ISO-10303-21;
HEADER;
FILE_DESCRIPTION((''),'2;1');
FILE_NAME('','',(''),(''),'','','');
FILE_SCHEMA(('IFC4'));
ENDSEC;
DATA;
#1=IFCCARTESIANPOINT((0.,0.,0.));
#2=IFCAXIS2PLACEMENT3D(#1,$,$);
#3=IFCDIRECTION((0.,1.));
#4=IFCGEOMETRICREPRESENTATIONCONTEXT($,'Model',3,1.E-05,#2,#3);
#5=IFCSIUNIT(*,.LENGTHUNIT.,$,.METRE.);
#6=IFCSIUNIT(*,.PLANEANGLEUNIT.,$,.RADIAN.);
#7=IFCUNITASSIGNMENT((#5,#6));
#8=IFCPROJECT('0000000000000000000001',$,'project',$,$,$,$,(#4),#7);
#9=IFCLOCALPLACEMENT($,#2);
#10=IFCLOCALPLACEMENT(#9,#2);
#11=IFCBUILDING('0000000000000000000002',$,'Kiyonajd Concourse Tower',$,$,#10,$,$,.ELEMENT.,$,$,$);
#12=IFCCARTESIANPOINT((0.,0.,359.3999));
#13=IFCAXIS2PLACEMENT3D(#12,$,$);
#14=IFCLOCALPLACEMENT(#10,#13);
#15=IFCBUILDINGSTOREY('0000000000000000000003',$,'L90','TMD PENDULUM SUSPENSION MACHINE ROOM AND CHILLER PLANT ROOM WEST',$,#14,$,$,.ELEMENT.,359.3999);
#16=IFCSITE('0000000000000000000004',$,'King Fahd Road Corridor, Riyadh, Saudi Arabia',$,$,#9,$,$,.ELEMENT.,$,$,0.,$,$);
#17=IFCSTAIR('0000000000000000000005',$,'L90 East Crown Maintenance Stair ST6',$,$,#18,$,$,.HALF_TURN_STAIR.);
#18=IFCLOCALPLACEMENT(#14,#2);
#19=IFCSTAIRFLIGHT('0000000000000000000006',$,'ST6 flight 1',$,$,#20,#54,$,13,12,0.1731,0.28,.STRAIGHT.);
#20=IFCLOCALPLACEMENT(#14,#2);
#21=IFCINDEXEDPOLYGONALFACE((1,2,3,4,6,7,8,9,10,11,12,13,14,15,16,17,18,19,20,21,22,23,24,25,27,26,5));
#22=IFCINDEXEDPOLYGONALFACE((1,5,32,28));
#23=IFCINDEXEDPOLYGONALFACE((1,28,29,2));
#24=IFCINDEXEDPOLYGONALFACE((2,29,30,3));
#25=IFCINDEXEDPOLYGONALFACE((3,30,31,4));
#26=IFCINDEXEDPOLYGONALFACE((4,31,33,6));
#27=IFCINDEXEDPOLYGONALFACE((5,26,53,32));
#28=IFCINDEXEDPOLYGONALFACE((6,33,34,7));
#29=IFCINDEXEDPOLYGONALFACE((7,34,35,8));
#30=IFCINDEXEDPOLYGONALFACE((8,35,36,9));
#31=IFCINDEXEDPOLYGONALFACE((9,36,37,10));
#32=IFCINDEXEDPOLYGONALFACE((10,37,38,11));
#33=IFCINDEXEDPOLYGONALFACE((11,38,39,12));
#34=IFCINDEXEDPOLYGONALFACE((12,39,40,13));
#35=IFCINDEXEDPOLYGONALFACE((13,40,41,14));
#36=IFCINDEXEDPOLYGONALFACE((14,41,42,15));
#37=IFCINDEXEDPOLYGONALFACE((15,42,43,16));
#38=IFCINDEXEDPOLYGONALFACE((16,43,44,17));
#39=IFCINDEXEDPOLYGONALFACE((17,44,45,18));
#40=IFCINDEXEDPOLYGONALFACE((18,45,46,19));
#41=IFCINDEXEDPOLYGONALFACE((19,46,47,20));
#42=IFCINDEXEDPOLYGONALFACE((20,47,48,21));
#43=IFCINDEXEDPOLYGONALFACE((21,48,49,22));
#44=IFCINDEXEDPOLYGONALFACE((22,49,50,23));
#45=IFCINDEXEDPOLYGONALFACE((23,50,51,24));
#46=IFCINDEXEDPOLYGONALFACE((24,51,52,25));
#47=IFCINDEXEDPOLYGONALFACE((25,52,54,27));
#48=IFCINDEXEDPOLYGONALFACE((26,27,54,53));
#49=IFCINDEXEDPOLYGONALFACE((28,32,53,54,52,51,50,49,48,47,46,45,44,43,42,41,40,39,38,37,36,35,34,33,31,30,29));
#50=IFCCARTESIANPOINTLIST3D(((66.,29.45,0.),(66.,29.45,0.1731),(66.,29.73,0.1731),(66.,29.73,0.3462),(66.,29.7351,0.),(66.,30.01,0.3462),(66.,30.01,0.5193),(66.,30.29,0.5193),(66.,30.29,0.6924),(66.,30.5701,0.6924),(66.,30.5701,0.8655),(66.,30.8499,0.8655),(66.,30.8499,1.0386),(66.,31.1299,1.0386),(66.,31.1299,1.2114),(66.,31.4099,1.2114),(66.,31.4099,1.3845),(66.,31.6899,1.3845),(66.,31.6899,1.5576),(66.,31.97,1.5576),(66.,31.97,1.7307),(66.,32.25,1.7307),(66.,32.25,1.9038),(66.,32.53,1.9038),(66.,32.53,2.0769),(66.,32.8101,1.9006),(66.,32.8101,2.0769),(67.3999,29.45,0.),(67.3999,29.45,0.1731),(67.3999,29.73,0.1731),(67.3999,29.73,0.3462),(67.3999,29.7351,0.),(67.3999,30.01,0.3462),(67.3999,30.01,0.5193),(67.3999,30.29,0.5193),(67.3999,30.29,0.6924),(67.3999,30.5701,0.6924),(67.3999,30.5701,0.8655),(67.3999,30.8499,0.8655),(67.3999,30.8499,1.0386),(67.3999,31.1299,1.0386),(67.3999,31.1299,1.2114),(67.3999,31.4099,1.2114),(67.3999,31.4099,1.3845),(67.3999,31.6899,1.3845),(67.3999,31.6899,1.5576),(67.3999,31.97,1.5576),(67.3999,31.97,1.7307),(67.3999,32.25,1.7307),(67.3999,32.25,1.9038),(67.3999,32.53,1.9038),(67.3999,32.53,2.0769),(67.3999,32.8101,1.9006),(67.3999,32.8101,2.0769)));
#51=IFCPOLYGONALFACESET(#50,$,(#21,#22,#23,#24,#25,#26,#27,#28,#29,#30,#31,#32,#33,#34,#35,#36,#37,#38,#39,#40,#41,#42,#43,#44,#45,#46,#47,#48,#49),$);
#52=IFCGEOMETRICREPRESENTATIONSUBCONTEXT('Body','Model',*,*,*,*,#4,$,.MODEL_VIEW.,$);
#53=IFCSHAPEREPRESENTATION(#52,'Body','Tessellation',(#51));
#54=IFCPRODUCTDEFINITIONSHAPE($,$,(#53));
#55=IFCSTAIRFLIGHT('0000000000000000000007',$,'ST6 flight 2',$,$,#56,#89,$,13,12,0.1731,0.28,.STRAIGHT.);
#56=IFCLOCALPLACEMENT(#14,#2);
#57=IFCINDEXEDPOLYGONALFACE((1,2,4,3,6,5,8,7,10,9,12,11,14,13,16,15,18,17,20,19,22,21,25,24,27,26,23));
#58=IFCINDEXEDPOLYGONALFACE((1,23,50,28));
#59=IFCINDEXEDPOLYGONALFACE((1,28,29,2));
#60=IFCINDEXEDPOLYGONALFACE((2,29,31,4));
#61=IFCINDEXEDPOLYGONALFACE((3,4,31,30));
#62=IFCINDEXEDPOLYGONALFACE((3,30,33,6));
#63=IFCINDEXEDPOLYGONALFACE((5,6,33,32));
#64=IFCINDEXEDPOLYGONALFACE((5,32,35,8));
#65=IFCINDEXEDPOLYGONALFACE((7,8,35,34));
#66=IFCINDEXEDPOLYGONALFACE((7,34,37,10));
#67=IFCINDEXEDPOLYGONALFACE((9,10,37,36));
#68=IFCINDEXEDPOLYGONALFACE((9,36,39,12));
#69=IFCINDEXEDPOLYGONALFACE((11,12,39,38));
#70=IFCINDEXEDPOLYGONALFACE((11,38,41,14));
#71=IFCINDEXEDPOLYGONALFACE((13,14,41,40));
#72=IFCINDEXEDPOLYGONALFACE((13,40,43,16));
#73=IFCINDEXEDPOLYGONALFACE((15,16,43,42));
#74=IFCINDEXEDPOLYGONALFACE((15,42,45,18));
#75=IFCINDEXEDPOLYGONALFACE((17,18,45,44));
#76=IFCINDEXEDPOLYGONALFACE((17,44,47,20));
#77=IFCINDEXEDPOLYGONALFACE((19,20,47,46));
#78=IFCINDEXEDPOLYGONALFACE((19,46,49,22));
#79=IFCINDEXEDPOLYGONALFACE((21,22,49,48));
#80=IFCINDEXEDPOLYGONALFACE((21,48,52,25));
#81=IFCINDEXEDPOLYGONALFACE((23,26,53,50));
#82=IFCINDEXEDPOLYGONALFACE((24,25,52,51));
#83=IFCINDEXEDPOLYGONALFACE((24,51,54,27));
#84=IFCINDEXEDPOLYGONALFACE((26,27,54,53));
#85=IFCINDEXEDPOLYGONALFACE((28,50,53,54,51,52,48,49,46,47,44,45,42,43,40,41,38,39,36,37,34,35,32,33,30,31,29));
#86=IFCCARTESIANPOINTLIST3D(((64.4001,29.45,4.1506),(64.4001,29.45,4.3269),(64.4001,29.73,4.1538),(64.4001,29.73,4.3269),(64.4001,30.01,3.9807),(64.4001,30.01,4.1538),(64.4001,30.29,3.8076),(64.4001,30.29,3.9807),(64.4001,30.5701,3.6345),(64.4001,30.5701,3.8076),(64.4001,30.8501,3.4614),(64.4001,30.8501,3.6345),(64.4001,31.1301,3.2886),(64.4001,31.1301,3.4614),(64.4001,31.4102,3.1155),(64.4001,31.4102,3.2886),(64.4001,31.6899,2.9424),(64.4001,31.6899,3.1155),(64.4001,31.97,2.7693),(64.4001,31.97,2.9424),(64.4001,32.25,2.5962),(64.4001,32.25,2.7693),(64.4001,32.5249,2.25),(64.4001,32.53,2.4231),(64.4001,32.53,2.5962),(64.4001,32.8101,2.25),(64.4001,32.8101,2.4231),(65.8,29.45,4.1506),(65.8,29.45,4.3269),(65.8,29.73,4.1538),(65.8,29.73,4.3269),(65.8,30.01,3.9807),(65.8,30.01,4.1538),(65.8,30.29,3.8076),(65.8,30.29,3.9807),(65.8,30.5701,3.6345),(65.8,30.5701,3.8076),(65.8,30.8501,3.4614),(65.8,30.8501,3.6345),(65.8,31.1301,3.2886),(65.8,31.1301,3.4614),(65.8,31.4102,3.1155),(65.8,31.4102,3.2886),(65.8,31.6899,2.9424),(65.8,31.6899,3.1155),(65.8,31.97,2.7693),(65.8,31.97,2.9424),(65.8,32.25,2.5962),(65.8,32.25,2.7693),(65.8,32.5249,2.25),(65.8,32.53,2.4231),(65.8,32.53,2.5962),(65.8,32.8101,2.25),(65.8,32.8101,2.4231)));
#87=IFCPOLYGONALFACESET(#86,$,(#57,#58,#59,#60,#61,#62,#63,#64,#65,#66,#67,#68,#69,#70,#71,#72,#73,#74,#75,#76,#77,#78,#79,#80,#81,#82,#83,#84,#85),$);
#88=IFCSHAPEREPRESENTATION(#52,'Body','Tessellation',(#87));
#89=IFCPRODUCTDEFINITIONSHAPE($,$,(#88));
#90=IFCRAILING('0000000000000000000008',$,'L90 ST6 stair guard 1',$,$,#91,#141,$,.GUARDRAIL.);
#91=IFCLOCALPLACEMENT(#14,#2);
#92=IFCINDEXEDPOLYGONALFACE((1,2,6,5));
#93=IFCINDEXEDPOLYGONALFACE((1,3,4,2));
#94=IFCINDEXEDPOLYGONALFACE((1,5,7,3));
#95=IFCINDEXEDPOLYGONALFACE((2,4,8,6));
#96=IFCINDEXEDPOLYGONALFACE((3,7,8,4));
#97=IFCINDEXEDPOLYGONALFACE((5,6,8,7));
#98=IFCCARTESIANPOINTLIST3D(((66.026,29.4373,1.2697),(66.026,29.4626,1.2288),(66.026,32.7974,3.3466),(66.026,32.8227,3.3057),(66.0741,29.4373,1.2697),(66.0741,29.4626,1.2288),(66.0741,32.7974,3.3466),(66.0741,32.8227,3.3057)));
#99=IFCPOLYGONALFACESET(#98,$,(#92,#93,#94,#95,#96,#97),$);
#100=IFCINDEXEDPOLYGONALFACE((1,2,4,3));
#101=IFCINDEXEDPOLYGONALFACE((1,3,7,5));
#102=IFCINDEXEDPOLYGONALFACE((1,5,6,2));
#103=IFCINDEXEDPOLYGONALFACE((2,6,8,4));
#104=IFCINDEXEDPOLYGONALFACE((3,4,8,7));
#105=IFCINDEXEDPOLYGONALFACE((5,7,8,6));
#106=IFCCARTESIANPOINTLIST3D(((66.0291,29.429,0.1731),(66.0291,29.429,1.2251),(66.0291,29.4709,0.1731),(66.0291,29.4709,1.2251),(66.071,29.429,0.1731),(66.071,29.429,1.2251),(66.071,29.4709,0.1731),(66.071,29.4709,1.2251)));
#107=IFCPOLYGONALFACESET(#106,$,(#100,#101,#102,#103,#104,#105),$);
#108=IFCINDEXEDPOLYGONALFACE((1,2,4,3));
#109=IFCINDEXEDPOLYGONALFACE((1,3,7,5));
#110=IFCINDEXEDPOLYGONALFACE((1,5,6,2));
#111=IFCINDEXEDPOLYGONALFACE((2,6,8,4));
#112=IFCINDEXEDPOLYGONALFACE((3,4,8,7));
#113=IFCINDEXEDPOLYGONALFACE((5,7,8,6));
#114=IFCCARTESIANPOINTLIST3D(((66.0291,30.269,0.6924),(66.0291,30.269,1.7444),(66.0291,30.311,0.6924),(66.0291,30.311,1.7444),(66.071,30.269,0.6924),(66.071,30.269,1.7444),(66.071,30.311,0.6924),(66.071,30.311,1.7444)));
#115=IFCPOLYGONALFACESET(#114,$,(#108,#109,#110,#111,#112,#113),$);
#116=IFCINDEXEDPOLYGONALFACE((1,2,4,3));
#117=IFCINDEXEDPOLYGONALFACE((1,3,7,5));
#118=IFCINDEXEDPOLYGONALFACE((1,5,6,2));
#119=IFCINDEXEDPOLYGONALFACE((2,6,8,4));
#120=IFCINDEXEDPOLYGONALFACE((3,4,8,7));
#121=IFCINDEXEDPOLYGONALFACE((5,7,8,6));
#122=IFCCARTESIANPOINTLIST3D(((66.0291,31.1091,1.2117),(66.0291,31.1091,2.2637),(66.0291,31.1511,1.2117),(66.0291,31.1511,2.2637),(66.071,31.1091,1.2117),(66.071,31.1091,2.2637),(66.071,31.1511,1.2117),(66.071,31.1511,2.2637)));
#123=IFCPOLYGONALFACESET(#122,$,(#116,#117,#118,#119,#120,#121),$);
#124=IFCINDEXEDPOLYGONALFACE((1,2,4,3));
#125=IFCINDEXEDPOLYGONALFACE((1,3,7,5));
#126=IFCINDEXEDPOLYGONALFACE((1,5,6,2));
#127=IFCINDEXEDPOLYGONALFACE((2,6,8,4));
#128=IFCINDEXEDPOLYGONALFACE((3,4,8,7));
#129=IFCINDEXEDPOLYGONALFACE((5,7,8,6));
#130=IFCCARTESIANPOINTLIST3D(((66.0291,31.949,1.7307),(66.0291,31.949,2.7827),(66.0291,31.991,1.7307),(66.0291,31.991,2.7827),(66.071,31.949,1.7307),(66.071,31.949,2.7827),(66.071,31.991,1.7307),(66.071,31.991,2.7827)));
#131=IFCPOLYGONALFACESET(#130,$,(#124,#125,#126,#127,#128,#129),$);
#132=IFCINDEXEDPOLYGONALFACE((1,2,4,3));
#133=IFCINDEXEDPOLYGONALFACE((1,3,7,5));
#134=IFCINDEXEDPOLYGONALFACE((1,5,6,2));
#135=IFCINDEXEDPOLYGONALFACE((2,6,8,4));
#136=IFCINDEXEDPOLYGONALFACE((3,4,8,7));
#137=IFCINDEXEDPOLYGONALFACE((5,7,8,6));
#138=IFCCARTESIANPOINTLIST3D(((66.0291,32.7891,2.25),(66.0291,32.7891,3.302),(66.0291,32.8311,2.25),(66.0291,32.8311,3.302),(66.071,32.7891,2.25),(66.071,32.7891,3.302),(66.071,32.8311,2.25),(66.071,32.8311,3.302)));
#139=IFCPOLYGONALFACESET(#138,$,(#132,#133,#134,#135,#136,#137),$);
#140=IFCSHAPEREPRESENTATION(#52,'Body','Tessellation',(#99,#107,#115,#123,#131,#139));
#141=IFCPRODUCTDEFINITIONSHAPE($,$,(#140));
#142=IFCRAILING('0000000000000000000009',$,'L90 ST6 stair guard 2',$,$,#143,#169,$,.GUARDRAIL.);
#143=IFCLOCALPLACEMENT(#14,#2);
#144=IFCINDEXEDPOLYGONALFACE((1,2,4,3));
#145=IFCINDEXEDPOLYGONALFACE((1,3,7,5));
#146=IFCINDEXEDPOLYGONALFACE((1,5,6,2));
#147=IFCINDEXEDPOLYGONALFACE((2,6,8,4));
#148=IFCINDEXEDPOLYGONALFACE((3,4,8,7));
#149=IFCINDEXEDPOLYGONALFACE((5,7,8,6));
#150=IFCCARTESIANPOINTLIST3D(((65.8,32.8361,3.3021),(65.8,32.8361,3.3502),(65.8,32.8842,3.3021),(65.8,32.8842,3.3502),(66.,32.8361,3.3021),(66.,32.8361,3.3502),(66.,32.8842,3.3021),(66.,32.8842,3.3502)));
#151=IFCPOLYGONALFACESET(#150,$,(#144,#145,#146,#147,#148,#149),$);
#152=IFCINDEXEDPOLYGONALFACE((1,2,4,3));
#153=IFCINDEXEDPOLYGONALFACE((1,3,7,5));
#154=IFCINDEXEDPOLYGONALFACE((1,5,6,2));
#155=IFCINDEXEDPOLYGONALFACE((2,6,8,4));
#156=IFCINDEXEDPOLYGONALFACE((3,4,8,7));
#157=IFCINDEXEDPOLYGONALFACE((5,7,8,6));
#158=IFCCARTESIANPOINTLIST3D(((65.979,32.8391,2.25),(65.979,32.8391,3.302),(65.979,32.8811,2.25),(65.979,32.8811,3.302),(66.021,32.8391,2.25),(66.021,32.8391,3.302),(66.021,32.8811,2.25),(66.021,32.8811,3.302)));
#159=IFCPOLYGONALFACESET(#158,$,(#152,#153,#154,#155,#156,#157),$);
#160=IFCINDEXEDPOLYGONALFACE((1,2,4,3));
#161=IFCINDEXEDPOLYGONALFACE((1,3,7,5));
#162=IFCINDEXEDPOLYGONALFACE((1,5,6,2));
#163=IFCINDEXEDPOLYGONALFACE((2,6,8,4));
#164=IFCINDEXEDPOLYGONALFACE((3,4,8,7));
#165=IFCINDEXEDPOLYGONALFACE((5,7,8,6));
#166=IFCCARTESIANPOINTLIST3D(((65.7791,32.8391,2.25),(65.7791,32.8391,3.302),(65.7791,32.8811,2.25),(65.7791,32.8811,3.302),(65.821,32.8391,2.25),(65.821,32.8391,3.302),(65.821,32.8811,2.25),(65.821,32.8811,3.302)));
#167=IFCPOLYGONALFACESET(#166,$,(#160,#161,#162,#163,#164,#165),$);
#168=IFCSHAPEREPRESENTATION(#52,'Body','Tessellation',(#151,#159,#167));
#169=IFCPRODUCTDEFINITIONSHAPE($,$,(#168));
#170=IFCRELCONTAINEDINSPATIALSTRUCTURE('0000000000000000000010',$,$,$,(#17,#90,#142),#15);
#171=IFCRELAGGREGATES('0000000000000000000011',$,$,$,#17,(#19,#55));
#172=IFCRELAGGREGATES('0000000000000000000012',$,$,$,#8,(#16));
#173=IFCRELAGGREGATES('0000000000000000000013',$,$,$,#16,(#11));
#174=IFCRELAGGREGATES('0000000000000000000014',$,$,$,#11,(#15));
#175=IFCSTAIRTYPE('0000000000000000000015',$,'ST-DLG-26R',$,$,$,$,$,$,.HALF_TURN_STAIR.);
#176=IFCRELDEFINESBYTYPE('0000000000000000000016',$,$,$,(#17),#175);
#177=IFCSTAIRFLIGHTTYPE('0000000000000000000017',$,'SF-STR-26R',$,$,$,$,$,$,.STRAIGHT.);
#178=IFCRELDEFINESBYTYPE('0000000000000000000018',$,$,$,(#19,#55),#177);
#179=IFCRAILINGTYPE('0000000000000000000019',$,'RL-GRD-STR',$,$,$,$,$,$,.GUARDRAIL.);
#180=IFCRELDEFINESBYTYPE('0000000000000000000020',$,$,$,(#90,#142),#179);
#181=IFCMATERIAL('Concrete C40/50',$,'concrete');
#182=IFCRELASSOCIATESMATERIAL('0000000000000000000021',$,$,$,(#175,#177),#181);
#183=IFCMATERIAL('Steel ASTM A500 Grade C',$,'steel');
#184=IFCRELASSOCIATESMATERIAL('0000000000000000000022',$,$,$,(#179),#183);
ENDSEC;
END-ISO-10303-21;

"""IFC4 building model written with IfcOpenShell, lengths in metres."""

from ifc_helpers import new_model, si_unit, direction, frame, origin, origin_2d, place, context, subcontext, project, spatial, polyline, rectangle, outline, extrude, material, type_object, element, aggregate, save


model = new_model("IFC4")

# Units and contexts
model_context = context("Model", 3, precision=1e-05, world=origin(), true_north=direction((0.0, 1.0)))
body_context = subcontext(model_context, "Body", "Model", "MODEL_VIEW")
ifc_project = project(units=[si_unit("LENGTHUNIT", "METRE"), si_unit("PLANEANGLEUNIT", "RADIAN")], contexts=[model_context])

# Site, building, storey
site_placement = place(None, origin())
site = spatial("IfcSite", under=ifc_project, at=site_placement, Name="King Fahd Road Corridor, Riyadh, Saudi Arabia", CompositionType="ELEMENT", RefElevation=0.0)
building_placement = place(site_placement, origin())
building = spatial("IfcBuilding", under=site, at=building_placement, Name="Kiyonajd Concourse Tower", CompositionType="ELEMENT")
storey_placement = place(building_placement, frame((0.0, 0.0, 359.3999)))
storey = spatial("IfcBuildingStorey", under=building, at=storey_placement, Name="L90", Description="TMD PENDULUM SUSPENSION MACHINE ROOM AND CHILLER PLANT ROOM WEST", CompositionType="ELEMENT", Elevation=359.3999)

# Shared definitions
ifc_material_1 = material(Name="Steel ASTM A500 Grade C", Category="steel")

# Stair, stair flights
ifc_material_2 = material(Name="Concrete C40/50", Category="concrete")
stair_type = type_object("IfcStairType", Name="ST-DLG-26R", PredefinedType="HALF_TURN_STAIR", material=ifc_material_2)
stair_placement = place(storey_placement, origin())
stair = element("IfcStair", 1, at=stair_placement, inside=storey, type_object=stair_type, Name="L90 East Crown Maintenance Stair ST6", PredefinedType="HALF_TURN_STAIR")
stair_flight_type = type_object("IfcStairFlightType", Name="SF-STR-26R", PredefinedType="STRAIGHT", material=ifc_material_2)
stair_flight_1_placement = place(storey_placement, frame((66.7, 29.45, 0.0), z_axis=(0.0, 0.0, 1.0), x_axis=(0.0, 1.0, 0.0)))
stair_flight_1 = element("IfcStairFlight", 2, at=stair_flight_1_placement, type_object=stair_flight_type, Name="ST6 flight 1", NumberOfRisers=13, NumberOfTreads=12, PredefinedType="STRAIGHT", RiserHeight=0.1731, TreadLength=0.28, context=body_context, shape_type="SweptSolid", body=[
    extrude(outline(polyline([(0.0, 0.0), (0.0, 0.1731), (0.28, 0.1731), (0.28, 0.3462), (0.5601, 0.3462), (0.5601, 0.5193), (0.8401, 0.5193), (0.8401, 0.6924), (1.1201, 0.6924), (1.1201, 0.8655), (1.3999, 0.8655), (1.3999, 1.0386), (1.6799, 1.0386), (1.6799, 1.2114), (1.96, 1.2114), (1.96, 1.3845), (2.24, 1.3845), (2.24, 1.5576), (2.52, 1.5576), (2.52, 1.7307), (2.8, 1.7307), (2.8, 1.9038), (3.0801, 1.9038), (3.0801, 2.0769), (3.3601, 2.0769), (3.3601, 2.25), (3.3601, 1.9006), (0.2852, 0.0), (0.0, 0.0)])), frame((0.0, 0.7, 0.0), z_axis=(0.0, -1.0, 0.0), x_axis=(1.0, 0.0, 0.0)), (0.0, 0.0, 1.0), 1.3999),
])
stair_flight_2_placement = place(storey_placement, frame((65.1001, 32.8101, 2.25), z_axis=(0.0, 0.0, 1.0), x_axis=(0.0, -1.0, 0.0)))
stair_flight_2 = element("IfcStairFlight", 3, at=stair_flight_2_placement, type_object=stair_flight_type, Name="ST6 flight 2", NumberOfRisers=13, NumberOfTreads=12, PredefinedType="STRAIGHT", RiserHeight=0.1731, TreadLength=0.28, context=body_context, shape_type="SweptSolid", body=[
    extrude(outline(polyline([(0.0, 0.0), (0.0, 0.1731), (0.28, 0.1731), (0.28, 0.3462), (0.5601, 0.3462), (0.5601, 0.5193), (0.8401, 0.5193), (0.8401, 0.6924), (1.1201, 0.6924), (1.1201, 0.8655), (1.3999, 0.8655), (1.3999, 1.0386), (1.6799, 1.0386), (1.6799, 1.2114), (1.96, 1.2114), (1.96, 1.3845), (2.24, 1.3845), (2.24, 1.5576), (2.52, 1.5576), (2.52, 1.7307), (2.8, 1.7307), (2.8, 1.9038), (3.0801, 1.9038), (3.0801, 2.0769), (3.3601, 2.0769), (3.3601, 2.25), (3.3601, 1.9006), (0.2852, 0.0), (0.0, 0.0)])), frame((0.0, 0.7, 0.0), z_axis=(0.0, -1.0, 0.0), x_axis=(1.0, 0.0, 0.0)), (0.0, 0.0, 1.0), 1.3999),
])
aggregate(stair, [stair_flight_1, stair_flight_2])

# Railings
railing_type_1 = type_object("IfcRailingType", Name="RL-GRD-STR", PredefinedType="GUARDRAIL", material=ifc_material_1)
railing_1_placement = place(storey_placement, frame((66.05, 29.45, 0.1731)))
element("IfcRailing", 4, at=railing_1_placement, inside=storey, type_object=railing_type_1, Name="L90 ST6 stair guard 1", PredefinedType="GUARDRAIL", context=body_context, shape_type="SweptSolid", body=[
    extrude(rectangle(XDim=0.0481, YDim=0.0481, at=origin_2d()), frame((0.0, 0.0, 1.0762), z_axis=(0.0, 0.850623, 0.525776), x_axis=(-1.0, 0.0, 0.0)), (0.0, 0.0, 1.0), 3.9502),
    extrude(rectangle(XDim=0.042, YDim=0.042, at=origin_2d()), origin(), (0.0, 0.0, 1.0), 1.052),
    extrude(rectangle(XDim=0.042, YDim=0.042, at=origin_2d()), frame((0.0, 0.8401, 0.5193)), (0.0, 0.0, 1.0), 1.052),
    extrude(rectangle(XDim=0.042, YDim=0.042, at=origin_2d()), frame((0.0, 1.6802, 1.0386)), (0.0, 0.0, 1.0), 1.052),
    extrude(rectangle(XDim=0.042, YDim=0.042, at=origin_2d()), frame((0.0, 2.52, 1.5576)), (0.0, 0.0, 1.0), 1.052),
    extrude(rectangle(XDim=0.042, YDim=0.042, at=origin_2d()), frame((0.0, 3.3601, 2.0769)), (0.0, 0.0, 1.0), 1.052),
])
railing_2_placement = place(storey_placement, frame((66.0, 32.8601, 2.25)))
element("IfcRailing", 5, at=railing_2_placement, inside=storey, type_object=railing_type_1, Name="L90 ST6 stair guard 2", PredefinedType="GUARDRAIL", context=body_context, shape_type="SweptSolid", body=[
    extrude(rectangle(XDim=0.0481, YDim=0.0481, at=origin_2d()), frame((0.0, 0.0, 1.0762), z_axis=(-1.0, 0.0, 0.0), x_axis=(0.0, -1.0, 0.0)), (0.0, 0.0, 1.0), 0.2),
    extrude(rectangle(XDim=0.042, YDim=0.042, at=origin_2d()), origin(), (0.0, 0.0, 1.0), 1.052),
    extrude(rectangle(XDim=0.042, YDim=0.042, at=origin_2d()), frame((-0.2, 0.0, 0.0)), (0.0, 0.0, 1.0), 1.052),
])

save(model, "model.ifc")
